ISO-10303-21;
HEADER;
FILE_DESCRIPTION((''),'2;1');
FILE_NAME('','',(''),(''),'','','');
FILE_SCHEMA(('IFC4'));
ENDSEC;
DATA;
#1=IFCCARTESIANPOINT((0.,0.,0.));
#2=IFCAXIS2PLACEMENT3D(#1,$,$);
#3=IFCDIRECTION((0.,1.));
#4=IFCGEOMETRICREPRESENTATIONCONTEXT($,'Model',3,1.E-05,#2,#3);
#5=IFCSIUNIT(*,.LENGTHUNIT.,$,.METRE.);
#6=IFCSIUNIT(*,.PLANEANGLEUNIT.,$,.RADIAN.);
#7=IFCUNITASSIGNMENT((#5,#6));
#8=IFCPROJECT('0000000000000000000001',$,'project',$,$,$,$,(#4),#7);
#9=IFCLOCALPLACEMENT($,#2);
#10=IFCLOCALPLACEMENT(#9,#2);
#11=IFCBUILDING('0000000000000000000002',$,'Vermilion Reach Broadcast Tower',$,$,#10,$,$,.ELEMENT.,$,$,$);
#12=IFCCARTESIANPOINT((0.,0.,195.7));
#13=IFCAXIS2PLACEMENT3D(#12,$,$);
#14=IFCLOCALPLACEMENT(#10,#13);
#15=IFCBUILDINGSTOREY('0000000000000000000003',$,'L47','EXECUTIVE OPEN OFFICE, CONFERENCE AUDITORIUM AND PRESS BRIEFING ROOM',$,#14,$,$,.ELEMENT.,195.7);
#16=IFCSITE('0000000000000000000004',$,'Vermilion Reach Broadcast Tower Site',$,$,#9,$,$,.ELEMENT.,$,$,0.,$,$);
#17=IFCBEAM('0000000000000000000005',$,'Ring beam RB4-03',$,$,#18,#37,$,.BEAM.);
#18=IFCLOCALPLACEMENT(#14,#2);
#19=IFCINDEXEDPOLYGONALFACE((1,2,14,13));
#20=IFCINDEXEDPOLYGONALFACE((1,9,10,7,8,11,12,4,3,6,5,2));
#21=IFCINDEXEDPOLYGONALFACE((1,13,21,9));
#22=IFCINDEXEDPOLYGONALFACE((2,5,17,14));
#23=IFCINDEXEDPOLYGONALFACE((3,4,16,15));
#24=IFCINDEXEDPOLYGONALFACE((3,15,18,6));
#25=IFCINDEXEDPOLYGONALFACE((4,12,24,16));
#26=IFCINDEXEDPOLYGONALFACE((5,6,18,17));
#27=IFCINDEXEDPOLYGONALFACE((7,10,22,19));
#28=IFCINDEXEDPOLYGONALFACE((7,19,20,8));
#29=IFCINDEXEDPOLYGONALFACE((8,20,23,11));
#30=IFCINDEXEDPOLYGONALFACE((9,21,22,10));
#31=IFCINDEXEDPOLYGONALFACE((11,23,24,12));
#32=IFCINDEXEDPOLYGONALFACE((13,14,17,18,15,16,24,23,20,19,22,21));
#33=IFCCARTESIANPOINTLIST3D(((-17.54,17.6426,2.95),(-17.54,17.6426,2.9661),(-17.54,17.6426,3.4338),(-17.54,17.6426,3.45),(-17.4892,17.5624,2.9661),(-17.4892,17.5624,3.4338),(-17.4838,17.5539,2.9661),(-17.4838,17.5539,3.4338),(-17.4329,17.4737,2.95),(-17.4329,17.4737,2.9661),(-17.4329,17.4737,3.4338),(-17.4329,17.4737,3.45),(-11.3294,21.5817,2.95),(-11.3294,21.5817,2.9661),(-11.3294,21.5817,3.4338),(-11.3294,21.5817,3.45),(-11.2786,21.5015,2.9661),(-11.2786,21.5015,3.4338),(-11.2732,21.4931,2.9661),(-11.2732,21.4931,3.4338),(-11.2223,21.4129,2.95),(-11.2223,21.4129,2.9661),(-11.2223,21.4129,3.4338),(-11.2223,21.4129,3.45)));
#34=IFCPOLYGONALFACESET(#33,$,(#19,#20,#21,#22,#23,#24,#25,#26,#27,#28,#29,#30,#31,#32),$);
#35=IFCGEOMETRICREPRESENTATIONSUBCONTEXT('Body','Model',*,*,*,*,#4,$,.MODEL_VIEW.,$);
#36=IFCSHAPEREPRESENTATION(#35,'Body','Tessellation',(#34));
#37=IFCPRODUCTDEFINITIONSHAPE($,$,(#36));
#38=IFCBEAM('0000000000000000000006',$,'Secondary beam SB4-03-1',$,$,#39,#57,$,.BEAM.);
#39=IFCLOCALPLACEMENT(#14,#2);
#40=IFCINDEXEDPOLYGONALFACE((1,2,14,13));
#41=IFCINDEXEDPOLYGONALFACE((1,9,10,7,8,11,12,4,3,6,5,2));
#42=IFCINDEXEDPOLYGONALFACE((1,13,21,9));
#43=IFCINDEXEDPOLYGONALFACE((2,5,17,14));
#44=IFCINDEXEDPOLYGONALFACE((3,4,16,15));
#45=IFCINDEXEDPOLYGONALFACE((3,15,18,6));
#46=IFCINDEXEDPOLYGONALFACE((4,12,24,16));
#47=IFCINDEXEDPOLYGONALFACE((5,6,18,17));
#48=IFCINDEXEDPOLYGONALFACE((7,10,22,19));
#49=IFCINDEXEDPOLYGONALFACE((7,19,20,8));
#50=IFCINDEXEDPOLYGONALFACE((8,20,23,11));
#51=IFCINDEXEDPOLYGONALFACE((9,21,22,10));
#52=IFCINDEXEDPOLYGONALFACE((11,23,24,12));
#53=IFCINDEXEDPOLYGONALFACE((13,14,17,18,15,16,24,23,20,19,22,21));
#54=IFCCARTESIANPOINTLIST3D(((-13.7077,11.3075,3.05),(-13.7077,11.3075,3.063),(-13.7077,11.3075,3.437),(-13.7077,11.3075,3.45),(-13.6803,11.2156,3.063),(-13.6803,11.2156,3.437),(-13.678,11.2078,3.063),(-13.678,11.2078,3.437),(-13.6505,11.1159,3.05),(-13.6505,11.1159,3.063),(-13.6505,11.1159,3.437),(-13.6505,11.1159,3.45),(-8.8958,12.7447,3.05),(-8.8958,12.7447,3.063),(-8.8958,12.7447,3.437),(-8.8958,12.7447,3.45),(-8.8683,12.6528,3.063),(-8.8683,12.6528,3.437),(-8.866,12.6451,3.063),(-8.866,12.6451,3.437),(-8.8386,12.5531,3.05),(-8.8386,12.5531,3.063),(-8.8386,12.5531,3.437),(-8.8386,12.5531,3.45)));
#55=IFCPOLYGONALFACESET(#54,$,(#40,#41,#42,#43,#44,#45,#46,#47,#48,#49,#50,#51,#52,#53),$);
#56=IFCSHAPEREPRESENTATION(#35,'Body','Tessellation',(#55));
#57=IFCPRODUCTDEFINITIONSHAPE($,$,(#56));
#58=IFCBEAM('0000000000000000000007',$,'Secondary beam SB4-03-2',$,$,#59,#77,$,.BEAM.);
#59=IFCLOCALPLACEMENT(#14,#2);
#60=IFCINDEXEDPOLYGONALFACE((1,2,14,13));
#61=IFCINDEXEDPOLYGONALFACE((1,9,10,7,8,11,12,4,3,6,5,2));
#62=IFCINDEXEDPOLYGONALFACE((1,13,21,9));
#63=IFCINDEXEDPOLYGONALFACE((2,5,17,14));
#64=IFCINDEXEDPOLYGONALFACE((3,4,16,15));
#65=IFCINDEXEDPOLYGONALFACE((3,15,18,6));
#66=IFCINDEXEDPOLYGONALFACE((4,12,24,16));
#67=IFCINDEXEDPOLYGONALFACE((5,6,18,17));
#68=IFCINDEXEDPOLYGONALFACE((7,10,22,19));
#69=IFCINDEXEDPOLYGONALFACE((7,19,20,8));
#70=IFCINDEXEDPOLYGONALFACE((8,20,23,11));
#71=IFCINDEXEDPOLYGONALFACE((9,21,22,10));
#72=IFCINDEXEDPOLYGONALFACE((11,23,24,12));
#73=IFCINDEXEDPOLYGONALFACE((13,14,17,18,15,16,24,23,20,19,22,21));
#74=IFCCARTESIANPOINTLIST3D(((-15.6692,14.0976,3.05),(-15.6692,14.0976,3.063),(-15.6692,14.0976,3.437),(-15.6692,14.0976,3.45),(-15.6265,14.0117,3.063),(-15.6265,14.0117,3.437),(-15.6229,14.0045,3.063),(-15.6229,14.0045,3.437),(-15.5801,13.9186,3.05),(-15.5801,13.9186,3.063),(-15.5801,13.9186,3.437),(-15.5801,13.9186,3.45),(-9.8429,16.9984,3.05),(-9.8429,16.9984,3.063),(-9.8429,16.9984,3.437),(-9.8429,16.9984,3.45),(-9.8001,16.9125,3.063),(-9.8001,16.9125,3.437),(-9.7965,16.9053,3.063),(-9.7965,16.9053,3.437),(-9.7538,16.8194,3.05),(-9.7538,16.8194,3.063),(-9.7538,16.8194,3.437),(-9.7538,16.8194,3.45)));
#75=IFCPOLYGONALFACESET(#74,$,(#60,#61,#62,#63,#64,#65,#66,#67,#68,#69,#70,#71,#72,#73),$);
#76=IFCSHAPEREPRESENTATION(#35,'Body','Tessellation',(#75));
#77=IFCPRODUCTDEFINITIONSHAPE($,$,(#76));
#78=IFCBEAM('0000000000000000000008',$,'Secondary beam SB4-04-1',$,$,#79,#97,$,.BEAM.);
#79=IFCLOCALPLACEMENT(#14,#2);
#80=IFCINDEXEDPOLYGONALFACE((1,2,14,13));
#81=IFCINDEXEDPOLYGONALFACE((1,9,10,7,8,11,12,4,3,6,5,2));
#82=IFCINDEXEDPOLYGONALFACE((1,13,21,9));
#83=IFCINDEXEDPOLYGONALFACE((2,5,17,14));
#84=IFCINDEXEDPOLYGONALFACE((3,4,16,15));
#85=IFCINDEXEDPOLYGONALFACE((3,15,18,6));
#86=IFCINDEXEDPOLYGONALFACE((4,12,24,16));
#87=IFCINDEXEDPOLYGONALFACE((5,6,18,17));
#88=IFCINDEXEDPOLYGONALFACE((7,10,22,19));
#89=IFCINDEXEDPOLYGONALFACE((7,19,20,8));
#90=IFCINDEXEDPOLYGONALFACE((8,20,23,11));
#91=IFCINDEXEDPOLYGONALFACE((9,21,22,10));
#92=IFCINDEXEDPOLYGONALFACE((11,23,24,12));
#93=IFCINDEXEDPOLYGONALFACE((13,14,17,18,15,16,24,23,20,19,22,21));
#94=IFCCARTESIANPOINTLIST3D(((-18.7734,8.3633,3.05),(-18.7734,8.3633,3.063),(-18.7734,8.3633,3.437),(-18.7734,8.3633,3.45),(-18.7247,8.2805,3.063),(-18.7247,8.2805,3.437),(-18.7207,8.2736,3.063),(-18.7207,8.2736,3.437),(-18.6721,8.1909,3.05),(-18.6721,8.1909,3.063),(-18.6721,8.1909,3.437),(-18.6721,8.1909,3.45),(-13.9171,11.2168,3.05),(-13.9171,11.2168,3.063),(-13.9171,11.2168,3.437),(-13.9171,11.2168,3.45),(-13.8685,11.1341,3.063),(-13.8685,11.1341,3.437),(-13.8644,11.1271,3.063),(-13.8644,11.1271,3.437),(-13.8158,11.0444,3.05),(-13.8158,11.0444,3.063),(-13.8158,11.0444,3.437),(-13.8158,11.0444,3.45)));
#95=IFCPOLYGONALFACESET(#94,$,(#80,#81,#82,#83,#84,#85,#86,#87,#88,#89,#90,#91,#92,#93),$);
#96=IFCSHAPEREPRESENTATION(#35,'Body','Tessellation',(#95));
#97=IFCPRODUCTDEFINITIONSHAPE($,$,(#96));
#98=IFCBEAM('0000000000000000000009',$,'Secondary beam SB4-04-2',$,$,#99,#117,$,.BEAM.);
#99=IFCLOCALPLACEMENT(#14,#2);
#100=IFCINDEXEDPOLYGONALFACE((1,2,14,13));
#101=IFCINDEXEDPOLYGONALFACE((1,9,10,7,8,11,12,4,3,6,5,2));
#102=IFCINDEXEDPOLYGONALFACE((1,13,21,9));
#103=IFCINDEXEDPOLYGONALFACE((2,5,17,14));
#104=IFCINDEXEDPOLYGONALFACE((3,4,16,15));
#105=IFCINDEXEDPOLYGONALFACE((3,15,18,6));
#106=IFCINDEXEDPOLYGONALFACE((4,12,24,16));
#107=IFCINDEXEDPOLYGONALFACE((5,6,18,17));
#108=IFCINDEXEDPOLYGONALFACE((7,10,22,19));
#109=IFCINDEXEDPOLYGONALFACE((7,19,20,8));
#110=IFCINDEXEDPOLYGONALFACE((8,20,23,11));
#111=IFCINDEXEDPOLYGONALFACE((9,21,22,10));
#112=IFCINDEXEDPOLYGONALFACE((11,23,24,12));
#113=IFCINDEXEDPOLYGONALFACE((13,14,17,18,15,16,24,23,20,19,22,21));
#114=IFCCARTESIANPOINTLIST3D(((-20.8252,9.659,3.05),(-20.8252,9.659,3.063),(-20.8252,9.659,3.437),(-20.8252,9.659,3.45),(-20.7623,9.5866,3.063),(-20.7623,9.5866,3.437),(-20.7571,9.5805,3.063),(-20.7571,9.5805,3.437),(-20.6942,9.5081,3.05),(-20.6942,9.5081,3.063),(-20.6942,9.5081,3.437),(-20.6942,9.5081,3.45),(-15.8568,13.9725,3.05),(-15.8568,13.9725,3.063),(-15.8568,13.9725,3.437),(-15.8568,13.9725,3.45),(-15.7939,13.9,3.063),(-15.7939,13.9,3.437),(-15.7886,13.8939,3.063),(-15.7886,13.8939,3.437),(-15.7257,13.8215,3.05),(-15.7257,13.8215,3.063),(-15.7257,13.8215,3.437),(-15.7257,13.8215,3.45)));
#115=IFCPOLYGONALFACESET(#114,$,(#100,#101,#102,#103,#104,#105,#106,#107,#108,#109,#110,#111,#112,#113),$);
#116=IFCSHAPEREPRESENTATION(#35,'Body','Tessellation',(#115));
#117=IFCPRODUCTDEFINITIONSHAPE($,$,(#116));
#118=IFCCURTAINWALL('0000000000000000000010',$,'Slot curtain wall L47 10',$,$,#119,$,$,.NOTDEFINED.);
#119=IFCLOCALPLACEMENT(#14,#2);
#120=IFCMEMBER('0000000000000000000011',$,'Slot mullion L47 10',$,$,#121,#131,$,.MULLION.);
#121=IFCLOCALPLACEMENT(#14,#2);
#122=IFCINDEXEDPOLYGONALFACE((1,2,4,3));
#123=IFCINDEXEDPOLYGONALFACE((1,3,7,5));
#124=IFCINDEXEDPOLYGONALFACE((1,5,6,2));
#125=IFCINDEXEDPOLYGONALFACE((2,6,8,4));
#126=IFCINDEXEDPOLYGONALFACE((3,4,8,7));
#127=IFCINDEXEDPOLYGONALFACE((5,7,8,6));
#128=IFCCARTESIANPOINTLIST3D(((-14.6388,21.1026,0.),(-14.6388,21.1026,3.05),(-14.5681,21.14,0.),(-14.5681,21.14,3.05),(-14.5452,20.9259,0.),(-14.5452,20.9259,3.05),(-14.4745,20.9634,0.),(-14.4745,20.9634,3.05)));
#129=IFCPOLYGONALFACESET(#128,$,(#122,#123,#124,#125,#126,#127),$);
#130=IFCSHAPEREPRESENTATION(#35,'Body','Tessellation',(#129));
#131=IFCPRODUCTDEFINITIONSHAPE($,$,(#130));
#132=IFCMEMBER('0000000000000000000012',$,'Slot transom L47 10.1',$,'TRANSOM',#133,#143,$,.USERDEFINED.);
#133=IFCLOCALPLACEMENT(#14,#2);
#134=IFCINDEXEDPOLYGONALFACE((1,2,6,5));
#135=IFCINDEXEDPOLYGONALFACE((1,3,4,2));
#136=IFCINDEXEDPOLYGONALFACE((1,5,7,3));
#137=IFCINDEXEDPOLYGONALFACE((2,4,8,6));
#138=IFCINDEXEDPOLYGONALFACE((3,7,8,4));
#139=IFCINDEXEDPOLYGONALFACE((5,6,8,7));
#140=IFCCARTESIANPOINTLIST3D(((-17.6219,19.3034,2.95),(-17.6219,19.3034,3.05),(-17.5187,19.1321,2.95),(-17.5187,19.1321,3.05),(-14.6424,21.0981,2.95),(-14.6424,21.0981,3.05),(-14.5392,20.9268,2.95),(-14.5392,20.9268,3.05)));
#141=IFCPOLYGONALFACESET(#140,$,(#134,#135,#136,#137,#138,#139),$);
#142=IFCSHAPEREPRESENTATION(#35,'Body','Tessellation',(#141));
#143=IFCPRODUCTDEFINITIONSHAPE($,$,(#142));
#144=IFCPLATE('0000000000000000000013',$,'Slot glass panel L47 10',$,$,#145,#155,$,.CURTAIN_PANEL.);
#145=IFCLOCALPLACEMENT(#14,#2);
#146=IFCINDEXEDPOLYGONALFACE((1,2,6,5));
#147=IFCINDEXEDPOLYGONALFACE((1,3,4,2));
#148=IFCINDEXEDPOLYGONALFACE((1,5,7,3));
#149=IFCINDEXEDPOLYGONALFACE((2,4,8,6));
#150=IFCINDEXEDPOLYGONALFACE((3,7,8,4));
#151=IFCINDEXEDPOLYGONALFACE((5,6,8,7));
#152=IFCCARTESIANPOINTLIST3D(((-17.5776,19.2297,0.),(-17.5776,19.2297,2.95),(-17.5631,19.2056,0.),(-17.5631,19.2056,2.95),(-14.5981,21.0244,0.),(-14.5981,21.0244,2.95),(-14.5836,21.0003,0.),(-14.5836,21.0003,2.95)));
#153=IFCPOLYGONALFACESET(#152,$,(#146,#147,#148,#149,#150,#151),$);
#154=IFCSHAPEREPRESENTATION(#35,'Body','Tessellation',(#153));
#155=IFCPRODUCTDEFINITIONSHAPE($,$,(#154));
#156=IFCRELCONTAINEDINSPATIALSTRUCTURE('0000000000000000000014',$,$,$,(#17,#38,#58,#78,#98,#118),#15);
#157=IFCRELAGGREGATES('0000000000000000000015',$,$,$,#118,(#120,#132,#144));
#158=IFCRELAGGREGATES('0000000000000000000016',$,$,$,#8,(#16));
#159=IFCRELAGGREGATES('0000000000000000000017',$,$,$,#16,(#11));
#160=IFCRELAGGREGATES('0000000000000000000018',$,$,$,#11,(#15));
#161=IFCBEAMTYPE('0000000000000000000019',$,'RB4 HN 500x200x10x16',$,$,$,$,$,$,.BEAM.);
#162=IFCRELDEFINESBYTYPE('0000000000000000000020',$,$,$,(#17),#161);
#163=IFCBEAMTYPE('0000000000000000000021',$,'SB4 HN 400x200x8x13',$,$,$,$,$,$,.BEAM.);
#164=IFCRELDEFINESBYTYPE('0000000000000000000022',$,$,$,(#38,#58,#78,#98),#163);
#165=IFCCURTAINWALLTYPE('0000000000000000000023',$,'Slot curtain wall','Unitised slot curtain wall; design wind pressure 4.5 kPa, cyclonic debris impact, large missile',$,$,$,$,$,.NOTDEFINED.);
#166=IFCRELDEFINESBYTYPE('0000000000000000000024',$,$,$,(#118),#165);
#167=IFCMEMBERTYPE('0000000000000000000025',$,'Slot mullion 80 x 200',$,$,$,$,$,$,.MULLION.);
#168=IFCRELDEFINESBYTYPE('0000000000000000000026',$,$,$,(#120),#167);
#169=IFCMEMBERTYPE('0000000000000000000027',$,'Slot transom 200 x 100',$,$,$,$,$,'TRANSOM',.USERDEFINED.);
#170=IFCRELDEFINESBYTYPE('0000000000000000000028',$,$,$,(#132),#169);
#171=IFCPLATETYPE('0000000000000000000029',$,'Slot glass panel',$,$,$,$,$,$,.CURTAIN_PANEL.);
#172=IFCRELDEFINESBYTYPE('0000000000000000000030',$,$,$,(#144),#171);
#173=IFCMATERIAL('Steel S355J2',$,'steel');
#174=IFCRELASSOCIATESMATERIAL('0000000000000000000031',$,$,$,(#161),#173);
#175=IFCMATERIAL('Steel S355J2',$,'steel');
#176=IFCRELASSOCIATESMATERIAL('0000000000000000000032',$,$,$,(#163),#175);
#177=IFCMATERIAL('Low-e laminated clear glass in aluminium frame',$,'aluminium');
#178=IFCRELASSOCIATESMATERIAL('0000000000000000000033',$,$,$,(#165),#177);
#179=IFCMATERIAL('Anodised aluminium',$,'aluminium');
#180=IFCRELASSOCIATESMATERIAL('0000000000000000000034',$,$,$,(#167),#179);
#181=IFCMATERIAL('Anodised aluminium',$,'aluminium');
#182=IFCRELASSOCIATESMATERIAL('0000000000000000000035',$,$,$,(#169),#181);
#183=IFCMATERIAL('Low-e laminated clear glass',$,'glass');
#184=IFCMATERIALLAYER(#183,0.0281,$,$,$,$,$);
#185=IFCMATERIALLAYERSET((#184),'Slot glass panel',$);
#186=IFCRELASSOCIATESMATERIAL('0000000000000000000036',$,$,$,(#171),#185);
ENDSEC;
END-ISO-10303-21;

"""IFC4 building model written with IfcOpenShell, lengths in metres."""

from ifc_helpers import new_model, si_unit, direction, frame, origin, origin_2d, place, context, subcontext, project, spatial, rectangle, i_section, extrude, material, layer, layer_set, material_profile, profile_set, type_object, element, aggregate, save


model = new_model("IFC4")

# Units and contexts
model_context = context("Model", 3, precision=1e-05, world=origin(), true_north=direction((0.0, 1.0)))
body_context = subcontext(model_context, "Body", "Model", "MODEL_VIEW")
ifc_project = project(units=[si_unit("LENGTHUNIT", "METRE"), si_unit("PLANEANGLEUNIT", "RADIAN")], contexts=[model_context])

# Site, building, storey
site_placement = place(None, origin())
site = spatial("IfcSite", under=ifc_project, at=site_placement, Name="Vermilion Reach Broadcast Tower Site", CompositionType="ELEMENT", RefElevation=0.0)
building_placement = place(site_placement, origin())
building = spatial("IfcBuilding", under=site, at=building_placement, Name="Vermilion Reach Broadcast Tower", CompositionType="ELEMENT")
storey_placement = place(building_placement, frame((0.0, 0.0, 195.7)))
storey = spatial("IfcBuildingStorey", under=building, at=storey_placement, Name="L47", Description="EXECUTIVE OPEN OFFICE, CONFERENCE AUDITORIUM AND PRESS BRIEFING ROOM", CompositionType="ELEMENT", Elevation=195.7)

# Beams
ifc_material_1 = material(Name="Steel S355J2", Category="steel")
ifc_material_profile_1 = material_profile(ifc_material_1, i_section(OverallWidth=0.2, OverallDepth=0.5, WebThickness=0.01, FlangeThickness=0.0161, at=origin_2d()), Name="S355J2 HN 500x200x10x16")
ifc_profile_set_1 = profile_set([ifc_material_profile_1], Name="Steel S355J2")
beam_type_1 = type_object("IfcBeamType", Name="RB4 HN 500x200x10x16", PredefinedType="BEAM", material=ifc_profile_set_1)
beam_1_placement = place(storey_placement, frame((-11.2759, 21.4973, 3.2), z_axis=(-0.844464, -0.535612, 0.0), x_axis=(0.535612, -0.844464, 0.0)))
element("IfcBeam", 1, at=beam_1_placement, inside=storey, type_object=beam_type_1, Name="Ring beam RB4-03", PredefinedType="BEAM", context=body_context, shape_type="SweptSolid", body=[
    extrude(i_section(OverallWidth=0.2, OverallDepth=0.5, WebThickness=0.01, FlangeThickness=0.0161, at=origin_2d()), origin(), (0.0, 0.0, 1.0), 7.3545),
])
ifc_material_2 = material(Name="Steel S355J2", Category="steel")
ifc_material_profile_2 = material_profile(ifc_material_2, i_section(OverallWidth=0.2, OverallDepth=0.3999, WebThickness=0.0081, FlangeThickness=0.0129, at=origin_2d()), Name="S355J2 HN 400x200x8x13")
ifc_profile_set_2 = profile_set([ifc_material_profile_2], Name="Steel S355J2")
beam_type_2 = type_object("IfcBeamType", Name="SB4 HN 400x200x8x13", PredefinedType="BEAM", material=ifc_profile_set_2)
beam_2_placement = place(storey_placement, frame((-8.8672, 12.6489, 3.25), z_axis=(-0.958173, -0.286188, 0.0), x_axis=(0.286188, -0.958173, 0.0)))
element("IfcBeam", 2, at=beam_2_placement, inside=storey, type_object=beam_type_2, Name="Secondary beam SB4-03-1", PredefinedType="BEAM", context=body_context, shape_type="SweptSolid", body=[
    extrude(i_section(OverallWidth=0.2, OverallDepth=0.3999, WebThickness=0.0081, FlangeThickness=0.0129, at=origin_2d()), origin(), (0.0, 0.0, 1.0), 5.022),
])
beam_3_placement = place(storey_placement, frame((-9.7983, 16.9089, 3.25), z_axis=(-0.895184, -0.445698, 0.0), x_axis=(0.445698, -0.895184, 0.0)))
element("IfcBeam", 3, at=beam_3_placement, inside=storey, type_object=beam_type_2, Name="Secondary beam SB4-03-2", PredefinedType="BEAM", context=body_context, shape_type="SweptSolid", body=[
    extrude(i_section(OverallWidth=0.2, OverallDepth=0.3999, WebThickness=0.0081, FlangeThickness=0.0129, at=origin_2d()), origin(), (0.0, 0.0, 1.0), 6.5085),
])
beam_4_placement = place(storey_placement, frame((-13.8665, 11.1306, 3.25), z_axis=(-0.862173, -0.506615, 0.0), x_axis=(0.506615, -0.862173, 0.0)))
element("IfcBeam", 4, at=beam_4_placement, inside=storey, type_object=beam_type_2, Name="Secondary beam SB4-04-1", PredefinedType="BEAM", context=body_context, shape_type="SweptSolid", body=[
    extrude(i_section(OverallWidth=0.2, OverallDepth=0.3999, WebThickness=0.0081, FlangeThickness=0.0129, at=origin_2d()), origin(), (0.0, 0.0, 1.0), 5.6326),
])
beam_5_placement = place(storey_placement, frame((-15.7913, 13.897, 3.25), z_axis=(-0.755129, -0.655576, 0.0), x_axis=(0.655576, -0.755129, 0.0)))
element("IfcBeam", 5, at=beam_5_placement, inside=storey, type_object=beam_type_2, Name="Secondary beam SB4-04-2", PredefinedType="BEAM", context=body_context, shape_type="SweptSolid", body=[
    extrude(i_section(OverallWidth=0.2, OverallDepth=0.3999, WebThickness=0.0081, FlangeThickness=0.0129, at=origin_2d()), origin(), (0.0, 0.0, 1.0), 6.5796),
])

# Curtain wall, members, plate
ifc_material_3 = material(Name="Low-e laminated clear glass in aluminium frame", Category="aluminium")
curtain_wall_type = type_object("IfcCurtainWallType", Name="Slot curtain wall", Description="Unitised slot curtain wall; design wind pressure 4.5 kPa, cyclonic debris impact, large missile", PredefinedType="NOTDEFINED", material=ifc_material_3)
curtain_wall_placement = place(storey_placement, origin())
curtain_wall = element("IfcCurtainWall", 6, at=curtain_wall_placement, inside=storey, type_object=curtain_wall_type, Name="Slot curtain wall L47 10", PredefinedType="NOTDEFINED")
ifc_material_4 = material(Name="Anodised aluminium", Category="aluminium")
ifc_material_profile_3 = material_profile(ifc_material_4, rectangle(XDim=0.2, YDim=0.0801, at=origin_2d()), Name="Slot mullion 80 x 200")
ifc_profile_set_3 = profile_set([ifc_material_profile_3], Name="Anodised aluminium")
member_type_1 = type_object("IfcMemberType", Name="Slot mullion 80 x 200", PredefinedType="MULLION", material=ifc_profile_set_3)
member_1_placement = place(storey_placement, frame((-14.5566, 21.033, 0.0), z_axis=(0.0, 0.0, 1.0), x_axis=(0.468223, -0.88361, 0.0)))
member_1 = element("IfcMember", 7, at=member_1_placement, type_object=member_type_1, Name="Slot mullion L47 10", PredefinedType="MULLION", context=body_context, shape_type="SweptSolid", body=[
    extrude(rectangle(XDim=0.2, YDim=0.0801, at=origin_2d()), origin(), (0.0, 0.0, 1.0), 3.05),
])
ifc_material_5 = material(Name="Anodised aluminium", Category="aluminium")
ifc_material_profile_4 = material_profile(ifc_material_5, rectangle(XDim=0.2, YDim=0.1001, at=origin_2d()), Name="Slot transom 200 x 100")
ifc_profile_set_4 = profile_set([ifc_material_profile_4], Name="Anodised aluminium")
member_type_2 = type_object("IfcMemberType", Name="Slot transom 200 x 100", ElementType="TRANSOM", PredefinedType="USERDEFINED", material=ifc_profile_set_4)
member_2_placement = place(storey_placement, frame((-14.5908, 21.0125, 3.0), z_axis=(-0.856606, -0.515971, 0.0), x_axis=(0.515971, -0.856606, 0.0)))
member_2 = element("IfcMember", 8, at=member_2_placement, type_object=member_type_2, Name="Slot transom L47 10.1", ObjectType="TRANSOM", PredefinedType="USERDEFINED", context=body_context, shape_type="SweptSolid", body=[
    extrude(rectangle(XDim=0.2, YDim=0.1001, at=origin_2d()), origin(), (0.0, 0.0, 1.0), 3.4783),
])
ifc_material_6 = material(Name="Low-e laminated clear glass", Category="glass")
ifc_layer_1 = layer(ifc_material_6, 0.0281)
ifc_layer_set_1 = layer_set([ifc_layer_1], Name="Slot glass panel")
plate_type = type_object("IfcPlateType", Name="Slot glass panel", PredefinedType="CURTAIN_PANEL", material=ifc_layer_set_1)
plate_placement = place(storey_placement, frame((-16.0806, 20.115, 0.0), z_axis=(0.0, 0.0, 1.0), x_axis=(-0.856605, -0.515972, 0.0)))
plate = element("IfcPlate", 9, at=plate_placement, type_object=plate_type, Name="Slot glass panel L47 10", PredefinedType="CURTAIN_PANEL", context=body_context, shape_type="SweptSolid", body=[
    extrude(rectangle(XDim=3.4783, YDim=0.0281, at=origin_2d()), origin(), (0.0, 0.0, 1.0), 2.95),
])
aggregate(curtain_wall, [member_1, member_2, plate])

save(model, "model.ifc")
